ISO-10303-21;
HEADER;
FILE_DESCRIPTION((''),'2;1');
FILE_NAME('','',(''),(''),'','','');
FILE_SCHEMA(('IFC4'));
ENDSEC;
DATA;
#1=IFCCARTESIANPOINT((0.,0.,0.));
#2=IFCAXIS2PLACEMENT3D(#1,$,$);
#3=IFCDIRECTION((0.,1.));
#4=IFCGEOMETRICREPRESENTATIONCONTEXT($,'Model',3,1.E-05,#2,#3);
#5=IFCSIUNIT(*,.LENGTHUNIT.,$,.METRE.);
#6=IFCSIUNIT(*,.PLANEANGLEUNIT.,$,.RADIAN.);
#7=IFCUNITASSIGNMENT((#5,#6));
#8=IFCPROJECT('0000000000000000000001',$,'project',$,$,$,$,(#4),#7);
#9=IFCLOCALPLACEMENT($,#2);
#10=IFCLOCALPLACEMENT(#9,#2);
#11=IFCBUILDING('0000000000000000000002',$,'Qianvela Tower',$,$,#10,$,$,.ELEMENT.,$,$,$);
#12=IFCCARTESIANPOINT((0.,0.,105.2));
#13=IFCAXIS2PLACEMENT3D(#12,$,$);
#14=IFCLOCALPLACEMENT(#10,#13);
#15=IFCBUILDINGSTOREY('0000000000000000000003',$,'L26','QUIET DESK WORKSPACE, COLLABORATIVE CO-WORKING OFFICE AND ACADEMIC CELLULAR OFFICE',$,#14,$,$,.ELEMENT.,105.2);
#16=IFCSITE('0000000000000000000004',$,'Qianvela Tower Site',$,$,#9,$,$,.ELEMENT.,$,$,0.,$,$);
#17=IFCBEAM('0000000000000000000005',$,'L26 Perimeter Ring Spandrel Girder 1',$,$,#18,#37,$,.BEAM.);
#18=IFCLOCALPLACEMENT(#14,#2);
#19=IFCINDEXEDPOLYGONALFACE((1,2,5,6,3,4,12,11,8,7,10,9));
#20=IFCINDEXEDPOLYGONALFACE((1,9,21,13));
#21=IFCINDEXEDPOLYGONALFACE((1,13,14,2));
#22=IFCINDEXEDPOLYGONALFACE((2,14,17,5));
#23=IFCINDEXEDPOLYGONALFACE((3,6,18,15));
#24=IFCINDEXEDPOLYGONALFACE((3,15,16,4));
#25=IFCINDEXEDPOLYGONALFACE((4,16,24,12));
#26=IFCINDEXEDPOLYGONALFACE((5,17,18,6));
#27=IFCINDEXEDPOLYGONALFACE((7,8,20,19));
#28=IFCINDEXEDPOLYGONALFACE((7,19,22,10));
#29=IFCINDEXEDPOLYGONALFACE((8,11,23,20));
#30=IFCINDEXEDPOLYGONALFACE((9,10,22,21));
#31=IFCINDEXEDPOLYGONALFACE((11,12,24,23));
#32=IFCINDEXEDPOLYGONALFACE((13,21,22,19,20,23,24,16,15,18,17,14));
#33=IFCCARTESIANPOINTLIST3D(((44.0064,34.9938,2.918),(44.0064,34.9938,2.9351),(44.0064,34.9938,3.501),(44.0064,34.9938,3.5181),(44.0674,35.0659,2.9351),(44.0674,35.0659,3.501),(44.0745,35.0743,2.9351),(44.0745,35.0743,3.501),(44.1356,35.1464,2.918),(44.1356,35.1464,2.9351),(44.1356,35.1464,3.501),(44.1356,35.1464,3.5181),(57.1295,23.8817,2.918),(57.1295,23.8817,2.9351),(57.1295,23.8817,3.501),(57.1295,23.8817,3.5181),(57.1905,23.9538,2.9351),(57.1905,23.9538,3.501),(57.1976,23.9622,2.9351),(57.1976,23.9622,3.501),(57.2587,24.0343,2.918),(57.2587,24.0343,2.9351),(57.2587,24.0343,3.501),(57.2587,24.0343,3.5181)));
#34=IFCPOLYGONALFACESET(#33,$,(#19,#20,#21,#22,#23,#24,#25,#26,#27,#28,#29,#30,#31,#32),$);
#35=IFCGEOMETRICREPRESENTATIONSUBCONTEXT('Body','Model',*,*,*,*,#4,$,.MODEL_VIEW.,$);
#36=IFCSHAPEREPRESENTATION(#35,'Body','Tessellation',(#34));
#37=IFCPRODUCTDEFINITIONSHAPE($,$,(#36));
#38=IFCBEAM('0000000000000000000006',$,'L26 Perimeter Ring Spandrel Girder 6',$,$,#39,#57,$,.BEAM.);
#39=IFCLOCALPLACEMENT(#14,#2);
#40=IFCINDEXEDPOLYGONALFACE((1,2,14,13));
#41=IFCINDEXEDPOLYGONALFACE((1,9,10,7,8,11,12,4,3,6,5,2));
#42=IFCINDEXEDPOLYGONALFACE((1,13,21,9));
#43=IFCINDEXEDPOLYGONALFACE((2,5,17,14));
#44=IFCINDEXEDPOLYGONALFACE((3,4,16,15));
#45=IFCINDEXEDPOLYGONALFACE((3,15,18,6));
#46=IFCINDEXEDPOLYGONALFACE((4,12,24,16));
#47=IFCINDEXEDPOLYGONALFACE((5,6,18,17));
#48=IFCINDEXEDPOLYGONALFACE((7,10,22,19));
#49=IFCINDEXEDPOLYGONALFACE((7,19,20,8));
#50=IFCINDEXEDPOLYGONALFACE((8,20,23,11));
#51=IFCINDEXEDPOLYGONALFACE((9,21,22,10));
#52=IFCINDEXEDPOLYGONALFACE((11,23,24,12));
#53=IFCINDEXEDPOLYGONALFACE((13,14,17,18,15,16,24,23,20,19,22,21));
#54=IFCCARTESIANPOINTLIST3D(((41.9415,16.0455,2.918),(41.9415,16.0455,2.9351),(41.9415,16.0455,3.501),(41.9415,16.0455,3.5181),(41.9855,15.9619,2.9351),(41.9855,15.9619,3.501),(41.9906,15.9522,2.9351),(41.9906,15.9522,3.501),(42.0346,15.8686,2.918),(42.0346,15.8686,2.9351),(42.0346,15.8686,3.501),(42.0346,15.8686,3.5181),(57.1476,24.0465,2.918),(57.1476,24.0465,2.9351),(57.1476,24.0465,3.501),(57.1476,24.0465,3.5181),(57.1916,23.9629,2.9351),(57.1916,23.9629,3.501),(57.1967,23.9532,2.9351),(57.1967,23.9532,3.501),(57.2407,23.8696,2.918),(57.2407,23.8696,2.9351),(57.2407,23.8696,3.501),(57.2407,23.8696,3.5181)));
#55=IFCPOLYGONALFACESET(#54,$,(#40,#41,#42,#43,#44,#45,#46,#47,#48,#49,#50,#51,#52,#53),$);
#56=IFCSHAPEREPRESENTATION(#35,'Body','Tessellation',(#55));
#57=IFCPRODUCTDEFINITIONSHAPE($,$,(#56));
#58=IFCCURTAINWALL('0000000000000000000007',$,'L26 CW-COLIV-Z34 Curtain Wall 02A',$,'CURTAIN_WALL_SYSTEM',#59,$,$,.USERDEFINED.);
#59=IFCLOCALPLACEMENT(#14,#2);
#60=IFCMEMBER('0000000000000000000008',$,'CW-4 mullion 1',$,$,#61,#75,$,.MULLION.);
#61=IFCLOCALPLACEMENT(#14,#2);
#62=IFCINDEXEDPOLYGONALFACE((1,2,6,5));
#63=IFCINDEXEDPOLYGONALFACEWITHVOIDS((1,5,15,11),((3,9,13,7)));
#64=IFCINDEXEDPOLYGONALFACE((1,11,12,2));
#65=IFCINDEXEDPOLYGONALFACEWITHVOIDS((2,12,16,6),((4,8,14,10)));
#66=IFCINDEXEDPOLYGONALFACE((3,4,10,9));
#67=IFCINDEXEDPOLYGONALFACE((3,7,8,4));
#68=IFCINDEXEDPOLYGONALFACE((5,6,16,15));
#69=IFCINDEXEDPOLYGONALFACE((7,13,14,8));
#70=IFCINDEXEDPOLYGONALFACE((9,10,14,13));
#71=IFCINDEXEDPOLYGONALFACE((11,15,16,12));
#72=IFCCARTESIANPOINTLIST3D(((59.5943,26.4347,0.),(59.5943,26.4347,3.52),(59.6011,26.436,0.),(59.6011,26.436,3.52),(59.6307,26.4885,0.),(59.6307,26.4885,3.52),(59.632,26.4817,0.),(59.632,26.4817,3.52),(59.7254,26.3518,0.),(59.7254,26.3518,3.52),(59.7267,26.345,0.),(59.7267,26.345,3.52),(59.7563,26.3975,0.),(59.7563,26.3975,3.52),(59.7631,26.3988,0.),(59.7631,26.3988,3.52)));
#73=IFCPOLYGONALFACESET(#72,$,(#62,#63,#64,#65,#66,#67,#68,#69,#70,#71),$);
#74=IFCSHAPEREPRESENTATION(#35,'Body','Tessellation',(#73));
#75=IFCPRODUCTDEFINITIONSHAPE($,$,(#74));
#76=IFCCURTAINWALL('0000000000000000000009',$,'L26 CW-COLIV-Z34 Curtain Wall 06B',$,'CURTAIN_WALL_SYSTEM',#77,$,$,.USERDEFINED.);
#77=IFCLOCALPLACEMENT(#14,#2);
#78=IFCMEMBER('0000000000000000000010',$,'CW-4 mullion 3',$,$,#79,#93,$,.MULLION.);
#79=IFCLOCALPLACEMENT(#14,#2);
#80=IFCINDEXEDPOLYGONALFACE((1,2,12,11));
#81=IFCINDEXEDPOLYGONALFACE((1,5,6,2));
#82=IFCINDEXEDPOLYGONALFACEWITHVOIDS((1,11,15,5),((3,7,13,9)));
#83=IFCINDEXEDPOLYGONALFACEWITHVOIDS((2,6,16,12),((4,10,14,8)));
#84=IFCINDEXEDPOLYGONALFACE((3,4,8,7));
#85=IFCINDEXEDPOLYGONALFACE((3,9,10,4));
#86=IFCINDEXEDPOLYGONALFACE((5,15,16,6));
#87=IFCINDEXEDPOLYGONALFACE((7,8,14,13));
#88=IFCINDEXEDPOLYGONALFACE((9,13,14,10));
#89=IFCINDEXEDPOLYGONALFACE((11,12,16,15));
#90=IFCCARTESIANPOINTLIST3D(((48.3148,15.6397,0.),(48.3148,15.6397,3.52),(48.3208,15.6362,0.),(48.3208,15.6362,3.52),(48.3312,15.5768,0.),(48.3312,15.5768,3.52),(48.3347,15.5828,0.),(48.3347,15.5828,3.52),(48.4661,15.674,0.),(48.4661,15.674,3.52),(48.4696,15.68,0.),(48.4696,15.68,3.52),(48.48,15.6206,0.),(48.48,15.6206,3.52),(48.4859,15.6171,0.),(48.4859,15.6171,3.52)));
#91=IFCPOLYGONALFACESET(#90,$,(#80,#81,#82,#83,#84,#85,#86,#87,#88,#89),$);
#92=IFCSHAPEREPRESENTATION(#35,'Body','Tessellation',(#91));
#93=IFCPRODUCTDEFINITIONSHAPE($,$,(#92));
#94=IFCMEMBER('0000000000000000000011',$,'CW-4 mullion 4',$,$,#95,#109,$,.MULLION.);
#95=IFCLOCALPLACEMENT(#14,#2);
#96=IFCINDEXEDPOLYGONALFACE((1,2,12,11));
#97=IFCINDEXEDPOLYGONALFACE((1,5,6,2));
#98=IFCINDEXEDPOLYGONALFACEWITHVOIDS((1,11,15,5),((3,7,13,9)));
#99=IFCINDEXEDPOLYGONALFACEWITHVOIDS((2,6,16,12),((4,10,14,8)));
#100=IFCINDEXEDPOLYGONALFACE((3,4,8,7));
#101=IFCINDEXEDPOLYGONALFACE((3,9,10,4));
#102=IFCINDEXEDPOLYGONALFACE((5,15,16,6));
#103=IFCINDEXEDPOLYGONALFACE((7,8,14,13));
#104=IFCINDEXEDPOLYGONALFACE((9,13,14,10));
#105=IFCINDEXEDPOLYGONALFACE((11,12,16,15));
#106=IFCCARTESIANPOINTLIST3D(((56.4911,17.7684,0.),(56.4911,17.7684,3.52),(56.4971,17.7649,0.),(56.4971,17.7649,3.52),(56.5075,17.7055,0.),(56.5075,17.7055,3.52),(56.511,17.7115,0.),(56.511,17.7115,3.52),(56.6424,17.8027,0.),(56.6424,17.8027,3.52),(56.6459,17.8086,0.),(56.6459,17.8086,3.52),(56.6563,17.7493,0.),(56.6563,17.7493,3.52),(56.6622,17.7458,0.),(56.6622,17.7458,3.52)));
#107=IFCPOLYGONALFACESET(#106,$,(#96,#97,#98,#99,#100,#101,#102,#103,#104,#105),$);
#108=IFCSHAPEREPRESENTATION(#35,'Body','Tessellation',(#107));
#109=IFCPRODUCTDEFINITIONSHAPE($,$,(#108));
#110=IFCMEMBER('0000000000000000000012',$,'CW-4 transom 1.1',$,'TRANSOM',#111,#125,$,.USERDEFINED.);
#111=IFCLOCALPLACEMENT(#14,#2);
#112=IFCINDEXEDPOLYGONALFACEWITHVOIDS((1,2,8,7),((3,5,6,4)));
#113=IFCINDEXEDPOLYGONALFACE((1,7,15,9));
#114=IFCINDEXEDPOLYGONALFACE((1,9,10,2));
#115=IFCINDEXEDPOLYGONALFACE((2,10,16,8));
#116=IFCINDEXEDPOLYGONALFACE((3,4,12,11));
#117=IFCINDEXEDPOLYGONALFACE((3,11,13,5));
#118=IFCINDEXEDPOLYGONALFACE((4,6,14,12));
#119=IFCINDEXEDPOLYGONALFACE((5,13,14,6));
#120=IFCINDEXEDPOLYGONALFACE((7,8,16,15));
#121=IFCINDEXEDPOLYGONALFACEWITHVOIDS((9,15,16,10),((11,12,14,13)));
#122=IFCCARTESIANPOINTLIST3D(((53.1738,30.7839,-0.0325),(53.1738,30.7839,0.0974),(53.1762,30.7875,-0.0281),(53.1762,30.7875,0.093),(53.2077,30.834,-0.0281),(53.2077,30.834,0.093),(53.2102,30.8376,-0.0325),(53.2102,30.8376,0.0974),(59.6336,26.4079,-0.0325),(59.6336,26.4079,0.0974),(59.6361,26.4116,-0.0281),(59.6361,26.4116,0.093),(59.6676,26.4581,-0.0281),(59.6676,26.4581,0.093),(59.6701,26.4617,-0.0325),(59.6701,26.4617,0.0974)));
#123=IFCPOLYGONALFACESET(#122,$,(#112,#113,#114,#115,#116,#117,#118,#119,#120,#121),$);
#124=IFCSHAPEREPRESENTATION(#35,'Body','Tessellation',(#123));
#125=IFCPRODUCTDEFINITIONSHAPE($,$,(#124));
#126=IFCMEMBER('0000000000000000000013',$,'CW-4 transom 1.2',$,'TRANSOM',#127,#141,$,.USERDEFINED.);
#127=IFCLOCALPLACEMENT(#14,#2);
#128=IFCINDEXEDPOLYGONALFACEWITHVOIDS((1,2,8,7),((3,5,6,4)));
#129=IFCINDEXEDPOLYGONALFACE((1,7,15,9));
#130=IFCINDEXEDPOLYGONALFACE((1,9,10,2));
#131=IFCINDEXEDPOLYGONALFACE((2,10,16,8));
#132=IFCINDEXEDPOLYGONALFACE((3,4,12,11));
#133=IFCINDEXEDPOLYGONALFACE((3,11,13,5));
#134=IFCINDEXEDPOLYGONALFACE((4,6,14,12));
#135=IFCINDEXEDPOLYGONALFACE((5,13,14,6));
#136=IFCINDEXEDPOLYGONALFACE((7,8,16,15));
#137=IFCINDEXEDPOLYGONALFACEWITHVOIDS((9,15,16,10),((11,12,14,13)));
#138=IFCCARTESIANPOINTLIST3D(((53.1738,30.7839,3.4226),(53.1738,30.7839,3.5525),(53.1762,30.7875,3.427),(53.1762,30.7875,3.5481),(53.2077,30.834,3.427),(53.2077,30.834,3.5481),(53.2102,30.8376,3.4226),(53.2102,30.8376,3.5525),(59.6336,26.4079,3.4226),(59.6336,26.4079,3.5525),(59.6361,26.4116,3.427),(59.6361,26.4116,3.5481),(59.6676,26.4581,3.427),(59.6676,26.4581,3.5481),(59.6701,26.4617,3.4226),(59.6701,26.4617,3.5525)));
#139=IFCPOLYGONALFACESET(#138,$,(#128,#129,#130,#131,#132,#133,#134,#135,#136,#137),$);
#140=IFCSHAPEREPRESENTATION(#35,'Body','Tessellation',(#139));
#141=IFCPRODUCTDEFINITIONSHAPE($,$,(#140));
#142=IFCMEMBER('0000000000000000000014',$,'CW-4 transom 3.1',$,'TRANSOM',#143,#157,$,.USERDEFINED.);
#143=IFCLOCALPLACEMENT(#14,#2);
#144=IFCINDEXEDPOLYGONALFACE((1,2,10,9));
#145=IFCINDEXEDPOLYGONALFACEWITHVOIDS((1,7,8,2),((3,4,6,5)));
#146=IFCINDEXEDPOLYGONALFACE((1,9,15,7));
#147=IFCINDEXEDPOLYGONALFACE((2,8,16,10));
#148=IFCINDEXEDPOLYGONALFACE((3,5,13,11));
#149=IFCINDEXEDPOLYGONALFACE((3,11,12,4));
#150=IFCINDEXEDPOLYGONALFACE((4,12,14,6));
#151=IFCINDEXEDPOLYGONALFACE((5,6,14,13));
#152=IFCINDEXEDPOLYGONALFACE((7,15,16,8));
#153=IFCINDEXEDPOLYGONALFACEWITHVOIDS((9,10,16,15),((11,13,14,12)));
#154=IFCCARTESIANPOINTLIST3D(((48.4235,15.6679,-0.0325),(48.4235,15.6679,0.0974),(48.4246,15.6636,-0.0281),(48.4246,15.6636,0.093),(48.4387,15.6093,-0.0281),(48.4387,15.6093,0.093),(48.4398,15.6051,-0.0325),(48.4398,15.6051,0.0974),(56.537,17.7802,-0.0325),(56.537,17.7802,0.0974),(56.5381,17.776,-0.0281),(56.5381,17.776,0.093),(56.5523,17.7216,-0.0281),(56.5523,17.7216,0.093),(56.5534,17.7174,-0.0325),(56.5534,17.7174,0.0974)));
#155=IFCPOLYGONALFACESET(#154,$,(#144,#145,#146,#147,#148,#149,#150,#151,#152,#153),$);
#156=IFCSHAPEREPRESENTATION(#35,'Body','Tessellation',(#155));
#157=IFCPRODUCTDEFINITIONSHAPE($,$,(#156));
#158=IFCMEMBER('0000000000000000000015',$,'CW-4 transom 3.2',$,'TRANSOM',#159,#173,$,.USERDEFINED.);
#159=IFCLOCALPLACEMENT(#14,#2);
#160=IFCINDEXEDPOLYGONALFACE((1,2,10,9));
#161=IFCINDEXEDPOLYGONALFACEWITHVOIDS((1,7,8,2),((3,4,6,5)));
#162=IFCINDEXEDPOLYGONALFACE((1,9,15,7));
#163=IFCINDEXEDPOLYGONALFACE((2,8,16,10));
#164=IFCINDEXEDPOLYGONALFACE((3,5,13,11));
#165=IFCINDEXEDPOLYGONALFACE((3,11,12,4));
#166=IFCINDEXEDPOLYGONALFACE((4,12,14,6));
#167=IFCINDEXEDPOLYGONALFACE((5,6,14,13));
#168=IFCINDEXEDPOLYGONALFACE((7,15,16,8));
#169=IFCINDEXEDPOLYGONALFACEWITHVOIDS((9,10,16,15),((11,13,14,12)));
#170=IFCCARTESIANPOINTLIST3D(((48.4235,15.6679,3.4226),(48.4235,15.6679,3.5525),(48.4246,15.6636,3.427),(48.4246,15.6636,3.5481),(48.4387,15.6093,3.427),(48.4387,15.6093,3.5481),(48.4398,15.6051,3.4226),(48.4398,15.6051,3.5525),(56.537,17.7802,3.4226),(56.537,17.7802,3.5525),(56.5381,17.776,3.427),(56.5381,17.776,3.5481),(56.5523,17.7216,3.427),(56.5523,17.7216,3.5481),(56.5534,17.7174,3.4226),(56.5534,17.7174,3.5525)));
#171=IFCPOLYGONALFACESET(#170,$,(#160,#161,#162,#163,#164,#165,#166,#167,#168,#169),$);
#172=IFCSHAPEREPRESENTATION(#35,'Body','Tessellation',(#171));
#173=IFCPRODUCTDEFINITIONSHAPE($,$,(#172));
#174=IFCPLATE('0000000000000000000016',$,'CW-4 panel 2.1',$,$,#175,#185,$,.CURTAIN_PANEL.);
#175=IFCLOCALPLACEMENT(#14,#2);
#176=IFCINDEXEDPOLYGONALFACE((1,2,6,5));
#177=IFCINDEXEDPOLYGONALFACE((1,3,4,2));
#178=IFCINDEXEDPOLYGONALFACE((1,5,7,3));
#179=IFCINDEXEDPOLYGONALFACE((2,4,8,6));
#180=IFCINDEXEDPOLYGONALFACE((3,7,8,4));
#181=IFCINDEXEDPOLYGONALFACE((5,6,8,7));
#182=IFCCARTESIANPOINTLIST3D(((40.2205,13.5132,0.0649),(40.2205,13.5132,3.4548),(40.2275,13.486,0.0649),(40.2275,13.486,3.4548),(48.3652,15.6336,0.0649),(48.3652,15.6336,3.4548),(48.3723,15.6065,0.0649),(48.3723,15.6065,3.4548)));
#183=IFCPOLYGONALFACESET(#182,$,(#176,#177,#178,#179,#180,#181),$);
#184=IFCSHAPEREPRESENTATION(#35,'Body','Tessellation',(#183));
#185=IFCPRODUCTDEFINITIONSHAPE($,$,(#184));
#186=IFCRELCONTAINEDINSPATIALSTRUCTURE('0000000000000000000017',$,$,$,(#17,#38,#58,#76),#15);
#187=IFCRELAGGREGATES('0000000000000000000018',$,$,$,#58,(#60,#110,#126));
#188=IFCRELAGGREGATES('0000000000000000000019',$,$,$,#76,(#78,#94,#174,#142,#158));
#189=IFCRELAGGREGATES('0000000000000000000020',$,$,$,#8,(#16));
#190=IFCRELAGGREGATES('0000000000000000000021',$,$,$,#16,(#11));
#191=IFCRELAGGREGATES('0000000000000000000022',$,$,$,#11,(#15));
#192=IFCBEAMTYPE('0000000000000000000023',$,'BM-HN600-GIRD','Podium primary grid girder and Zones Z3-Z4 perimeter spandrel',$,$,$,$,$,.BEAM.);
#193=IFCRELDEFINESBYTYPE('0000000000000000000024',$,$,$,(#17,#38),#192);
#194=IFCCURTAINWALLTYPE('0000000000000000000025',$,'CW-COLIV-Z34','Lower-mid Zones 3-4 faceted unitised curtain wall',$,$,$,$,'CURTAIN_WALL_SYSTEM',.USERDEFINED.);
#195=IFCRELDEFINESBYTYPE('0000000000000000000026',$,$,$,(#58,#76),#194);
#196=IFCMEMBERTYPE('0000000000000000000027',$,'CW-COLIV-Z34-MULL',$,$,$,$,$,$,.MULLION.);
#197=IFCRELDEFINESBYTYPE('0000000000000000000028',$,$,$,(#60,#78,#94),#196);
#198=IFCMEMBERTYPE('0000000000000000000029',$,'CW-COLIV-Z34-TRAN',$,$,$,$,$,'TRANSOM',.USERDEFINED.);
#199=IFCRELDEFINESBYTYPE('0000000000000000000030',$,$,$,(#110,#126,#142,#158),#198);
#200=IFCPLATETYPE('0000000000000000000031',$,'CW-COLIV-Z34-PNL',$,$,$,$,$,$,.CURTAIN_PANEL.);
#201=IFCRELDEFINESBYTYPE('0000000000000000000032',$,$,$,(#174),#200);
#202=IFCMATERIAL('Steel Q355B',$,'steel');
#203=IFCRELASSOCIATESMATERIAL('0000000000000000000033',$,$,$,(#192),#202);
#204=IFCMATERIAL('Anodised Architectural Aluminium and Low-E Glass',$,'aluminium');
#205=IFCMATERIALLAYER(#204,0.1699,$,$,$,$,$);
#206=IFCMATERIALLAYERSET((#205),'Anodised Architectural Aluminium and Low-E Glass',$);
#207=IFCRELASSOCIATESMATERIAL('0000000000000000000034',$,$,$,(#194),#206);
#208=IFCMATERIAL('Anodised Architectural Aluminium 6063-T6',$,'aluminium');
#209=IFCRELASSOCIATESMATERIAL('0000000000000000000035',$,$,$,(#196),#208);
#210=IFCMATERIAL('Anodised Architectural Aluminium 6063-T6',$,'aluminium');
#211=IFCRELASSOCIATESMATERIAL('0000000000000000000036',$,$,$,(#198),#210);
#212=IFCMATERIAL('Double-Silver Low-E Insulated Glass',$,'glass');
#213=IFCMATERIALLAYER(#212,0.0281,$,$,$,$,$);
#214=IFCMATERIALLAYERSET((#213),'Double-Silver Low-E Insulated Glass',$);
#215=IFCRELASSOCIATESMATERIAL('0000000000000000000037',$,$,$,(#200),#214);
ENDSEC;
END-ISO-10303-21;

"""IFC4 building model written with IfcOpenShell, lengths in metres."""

from ifc_helpers import new_model, si_unit, direction, frame, origin, origin_2d, place, context, subcontext, project, spatial, rectangle, hollow_rectangle, i_section, extrude, material, layer, layer_set, material_profile, profile_set, type_object, element, aggregate, save


model = new_model("IFC4")

# Units and contexts
model_context = context("Model", 3, precision=1e-05, world=origin(), true_north=direction((0.0, 1.0)))
body_context = subcontext(model_context, "Body", "Model", "MODEL_VIEW")
ifc_project = project(units=[si_unit("LENGTHUNIT", "METRE"), si_unit("PLANEANGLEUNIT", "RADIAN")], contexts=[model_context])

# Site, building, storey
site_placement = place(None, origin())
site = spatial("IfcSite", under=ifc_project, at=site_placement, Name="Qianvela Tower Site", CompositionType="ELEMENT", RefElevation=0.0)
building_placement = place(site_placement, origin())
building = spatial("IfcBuilding", under=site, at=building_placement, Name="Qianvela Tower", CompositionType="ELEMENT")
storey_placement = place(building_placement, frame((0.0, 0.0, 105.2)))
storey = spatial("IfcBuildingStorey", under=building, at=storey_placement, Name="L26", Description="QUIET DESK WORKSPACE, COLLABORATIVE CO-WORKING OFFICE AND ACADEMIC CELLULAR OFFICE", CompositionType="ELEMENT", Elevation=105.2)

# Beams
ifc_material_1 = material(Name="Steel Q355B", Category="steel")
ifc_material_profile_1 = material_profile(ifc_material_1, i_section(OverallWidth=0.2, OverallDepth=0.6001, WebThickness=0.011, FlangeThickness=0.0171, at=origin_2d()), Name="HN600x200x11x17")
ifc_profile_set_1 = profile_set([ifc_material_profile_1], Name="Steel Q355B")
beam_type = type_object("IfcBeamType", Name="BM-HN600-GIRD", Description="Podium primary grid girder and Zones Z3-Z4 perimeter spandrel", PredefinedType="BEAM", material=ifc_profile_set_1)
beam_1_placement = place(storey_placement, frame((57.1941, 23.958, 3.218), z_axis=(-0.763158, 0.646211, 0.0), x_axis=(-0.646211, -0.763158, 0.0)))
element("IfcBeam", 1, at=beam_1_placement, inside=storey, type_object=beam_type, Name="L26 Perimeter Ring Spandrel Girder 1", PredefinedType="BEAM", context=body_context, shape_type="SweptSolid", body=[
    extrude(i_section(OverallWidth=0.2, OverallDepth=0.6001, WebThickness=0.011, FlangeThickness=0.0171, at=origin_2d()), origin(), (0.0, 0.0, 1.0), 17.1958),
])
beam_2_placement = place(storey_placement, frame((41.988, 15.957, 3.218), z_axis=(0.884971, 0.465646, 0.0), x_axis=(-0.465646, 0.884971, 0.0)))
element("IfcBeam", 2, at=beam_2_placement, inside=storey, type_object=beam_type, Name="L26 Perimeter Ring Spandrel Girder 6", PredefinedType="BEAM", context=body_context, shape_type="SweptSolid", body=[
    extrude(i_section(OverallWidth=0.2, OverallDepth=0.6001, WebThickness=0.011, FlangeThickness=0.0171, at=origin_2d()), origin(), (0.0, 0.0, 1.0), 17.1826),
])

# Curtain wall, member
ifc_material_2 = material(Name="Anodised Architectural Aluminium and Low-E Glass", Category="aluminium")
ifc_layer_1 = layer(ifc_material_2, 0.1699)
ifc_layer_set_1 = layer_set([ifc_layer_1], Name="Anodised Architectural Aluminium and Low-E Glass")
curtain_wall_type = type_object("IfcCurtainWallType", Name="CW-COLIV-Z34", Description="Lower-mid Zones 3-4 faceted unitised curtain wall", ElementType="CURTAIN_WALL_SYSTEM", PredefinedType="USERDEFINED", material=ifc_layer_set_1)
curtain_wall_1_placement = place(storey_placement, origin())
curtain_wall_1 = element("IfcCurtainWall", 3, at=curtain_wall_1_placement, inside=storey, type_object=curtain_wall_type, Name="L26 CW-COLIV-Z34 Curtain Wall 02A", ObjectType="CURTAIN_WALL_SYSTEM", PredefinedType="USERDEFINED")
ifc_material_3 = material(Name="Anodised Architectural Aluminium 6063-T6", Category="aluminium")
ifc_material_profile_2 = material_profile(ifc_material_3, hollow_rectangle(XDim=0.0649, YDim=0.1599, WallThickness=0.0049, at=origin_2d()), Name="ALU-MULL-65x160")
ifc_profile_set_2 = profile_set([ifc_material_profile_2], Name="Anodised Architectural Aluminium 6063-T6")
member_type_1 = type_object("IfcMemberType", Name="CW-COLIV-Z34-MULL", PredefinedType="MULLION", material=ifc_profile_set_2)
member_1_placement = place(storey_placement, frame((59.6787, 26.4167, 0.0), z_axis=(0.0, 0.0, 1.0), x_axis=(-0.560827, -0.827933, 0.0)))
member_1 = element("IfcMember", 4, at=member_1_placement, type_object=member_type_1, Name="CW-4 mullion 1", PredefinedType="MULLION", context=body_context, shape_type="SweptSolid", body=[
    extrude(hollow_rectangle(XDim=0.0649, YDim=0.1599, WallThickness=0.0049, at=origin_2d()), origin(), (0.0, 0.0, 1.0), 3.52),
])

# Curtain wall, members
curtain_wall_2_placement = place(storey_placement, origin())
curtain_wall_2 = element("IfcCurtainWall", 5, at=curtain_wall_2_placement, inside=storey, type_object=curtain_wall_type, Name="L26 CW-COLIV-Z34 Curtain Wall 06B", ObjectType="CURTAIN_WALL_SYSTEM", PredefinedType="USERDEFINED")
member_2_placement = place(storey_placement, frame((48.4004, 15.6284, 0.0), z_axis=(0.0, 0.0, 1.0), x_axis=(-0.25195, 0.96774, 0.0)))
member_2 = element("IfcMember", 6, at=member_2_placement, type_object=member_type_1, Name="CW-4 mullion 3", PredefinedType="MULLION", context=body_context, shape_type="SweptSolid", body=[
    extrude(hollow_rectangle(XDim=0.0649, YDim=0.1599, WallThickness=0.0049, at=origin_2d()), origin(), (0.0, 0.0, 1.0), 3.52),
])
member_3_placement = place(storey_placement, frame((56.5767, 17.7571, 0.0), z_axis=(0.0, 0.0, 1.0), x_axis=(-0.25195, 0.96774, 0.0)))
member_3 = element("IfcMember", 7, at=member_3_placement, type_object=member_type_1, Name="CW-4 mullion 4", PredefinedType="MULLION", context=body_context, shape_type="SweptSolid", body=[
    extrude(hollow_rectangle(XDim=0.0649, YDim=0.1599, WallThickness=0.0049, at=origin_2d()), origin(), (0.0, 0.0, 1.0), 3.52),
])

# Members
ifc_material_4 = material(Name="Anodised Architectural Aluminium 6063-T6", Category="aluminium")
ifc_material_profile_3 = material_profile(ifc_material_4, hollow_rectangle(XDim=0.0649, YDim=0.1299, WallThickness=0.0044, at=origin_2d()), Name="ALU-TRAN-65x130")
ifc_profile_set_3 = profile_set([ifc_material_profile_3], Name="Anodised Architectural Aluminium 6063-T6")
member_type_2 = type_object("IfcMemberType", Name="CW-COLIV-Z34-TRAN", ElementType="TRANSOM", PredefinedType="USERDEFINED", material=ifc_profile_set_3)
member_4_placement = place(storey_placement, frame((59.6519, 26.4348, 0.0325), z_axis=(-0.827926, 0.560837, 0.0), x_axis=(-0.560837, -0.827926, 0.0)))
member_4 = element("IfcMember", 8, at=member_4_placement, type_object=member_type_2, Name="CW-4 transom 1.1", ObjectType="TRANSOM", PredefinedType="USERDEFINED", context=body_context, shape_type="SweptSolid", body=[
    extrude(hollow_rectangle(XDim=0.0649, YDim=0.1299, WallThickness=0.0044, at=origin_2d()), origin(), (0.0, 0.0, 1.0), 7.8025),
])
member_5_placement = place(storey_placement, frame((59.6519, 26.4348, 3.4875), z_axis=(-0.827926, 0.560837, 0.0), x_axis=(-0.560837, -0.827926, 0.0)))
member_5 = element("IfcMember", 9, at=member_5_placement, type_object=member_type_2, Name="CW-4 transom 1.2", ObjectType="TRANSOM", PredefinedType="USERDEFINED", context=body_context, shape_type="SweptSolid", body=[
    extrude(hollow_rectangle(XDim=0.0649, YDim=0.1299, WallThickness=0.0044, at=origin_2d()), origin(), (0.0, 0.0, 1.0), 7.8025),
])
aggregate(curtain_wall_1, [member_1, member_4, member_5])
member_6_placement = place(storey_placement, frame((48.4316, 15.6365, 0.0325), z_axis=(0.967741, 0.251945, 0.0), x_axis=(-0.251945, 0.967741, 0.0)))
member_6 = element("IfcMember", 10, at=member_6_placement, type_object=member_type_2, Name="CW-4 transom 3.1", ObjectType="TRANSOM", PredefinedType="USERDEFINED", context=body_context, shape_type="SweptSolid", body=[
    extrude(hollow_rectangle(XDim=0.0649, YDim=0.1299, WallThickness=0.0044, at=origin_2d()), origin(), (0.0, 0.0, 1.0), 8.384),
])
member_7_placement = place(storey_placement, frame((48.4316, 15.6365, 3.4875), z_axis=(0.967741, 0.251945, 0.0), x_axis=(-0.251945, 0.967741, 0.0)))
member_7 = element("IfcMember", 11, at=member_7_placement, type_object=member_type_2, Name="CW-4 transom 3.2", ObjectType="TRANSOM", PredefinedType="USERDEFINED", context=body_context, shape_type="SweptSolid", body=[
    extrude(hollow_rectangle(XDim=0.0649, YDim=0.1299, WallThickness=0.0044, at=origin_2d()), origin(), (0.0, 0.0, 1.0), 8.384),
])

# Plate
ifc_material_5 = material(Name="Double-Silver Low-E Insulated Glass", Category="glass")
ifc_layer_2 = layer(ifc_material_5, 0.0281)
ifc_layer_set_2 = layer_set([ifc_layer_2], Name="Double-Silver Low-E Insulated Glass")
plate_type_1 = type_object("IfcPlateType", Name="CW-COLIV-Z34-PNL", PredefinedType="CURTAIN_PANEL", material=ifc_layer_set_2)
plate_1_placement = place(storey_placement, frame((44.2964, 14.5598, 0.0649), z_axis=(0.0, 0.0, 1.0), x_axis=(0.96774, 0.25195, 0.0)))
plate_1 = element("IfcPlate", 12, at=plate_1_placement, type_object=plate_type_1, Name="CW-4 panel 2.1", PredefinedType="CURTAIN_PANEL", context=body_context, shape_type="SweptSolid", body=[
    extrude(rectangle(XDim=8.4163, YDim=0.0281, at=origin_2d()), origin(), (0.0, 0.0, 1.0), 3.3899),
])
aggregate(curtain_wall_2, [member_2, member_3, plate_1, member_6, member_7])

save(model, "model.ifc")
